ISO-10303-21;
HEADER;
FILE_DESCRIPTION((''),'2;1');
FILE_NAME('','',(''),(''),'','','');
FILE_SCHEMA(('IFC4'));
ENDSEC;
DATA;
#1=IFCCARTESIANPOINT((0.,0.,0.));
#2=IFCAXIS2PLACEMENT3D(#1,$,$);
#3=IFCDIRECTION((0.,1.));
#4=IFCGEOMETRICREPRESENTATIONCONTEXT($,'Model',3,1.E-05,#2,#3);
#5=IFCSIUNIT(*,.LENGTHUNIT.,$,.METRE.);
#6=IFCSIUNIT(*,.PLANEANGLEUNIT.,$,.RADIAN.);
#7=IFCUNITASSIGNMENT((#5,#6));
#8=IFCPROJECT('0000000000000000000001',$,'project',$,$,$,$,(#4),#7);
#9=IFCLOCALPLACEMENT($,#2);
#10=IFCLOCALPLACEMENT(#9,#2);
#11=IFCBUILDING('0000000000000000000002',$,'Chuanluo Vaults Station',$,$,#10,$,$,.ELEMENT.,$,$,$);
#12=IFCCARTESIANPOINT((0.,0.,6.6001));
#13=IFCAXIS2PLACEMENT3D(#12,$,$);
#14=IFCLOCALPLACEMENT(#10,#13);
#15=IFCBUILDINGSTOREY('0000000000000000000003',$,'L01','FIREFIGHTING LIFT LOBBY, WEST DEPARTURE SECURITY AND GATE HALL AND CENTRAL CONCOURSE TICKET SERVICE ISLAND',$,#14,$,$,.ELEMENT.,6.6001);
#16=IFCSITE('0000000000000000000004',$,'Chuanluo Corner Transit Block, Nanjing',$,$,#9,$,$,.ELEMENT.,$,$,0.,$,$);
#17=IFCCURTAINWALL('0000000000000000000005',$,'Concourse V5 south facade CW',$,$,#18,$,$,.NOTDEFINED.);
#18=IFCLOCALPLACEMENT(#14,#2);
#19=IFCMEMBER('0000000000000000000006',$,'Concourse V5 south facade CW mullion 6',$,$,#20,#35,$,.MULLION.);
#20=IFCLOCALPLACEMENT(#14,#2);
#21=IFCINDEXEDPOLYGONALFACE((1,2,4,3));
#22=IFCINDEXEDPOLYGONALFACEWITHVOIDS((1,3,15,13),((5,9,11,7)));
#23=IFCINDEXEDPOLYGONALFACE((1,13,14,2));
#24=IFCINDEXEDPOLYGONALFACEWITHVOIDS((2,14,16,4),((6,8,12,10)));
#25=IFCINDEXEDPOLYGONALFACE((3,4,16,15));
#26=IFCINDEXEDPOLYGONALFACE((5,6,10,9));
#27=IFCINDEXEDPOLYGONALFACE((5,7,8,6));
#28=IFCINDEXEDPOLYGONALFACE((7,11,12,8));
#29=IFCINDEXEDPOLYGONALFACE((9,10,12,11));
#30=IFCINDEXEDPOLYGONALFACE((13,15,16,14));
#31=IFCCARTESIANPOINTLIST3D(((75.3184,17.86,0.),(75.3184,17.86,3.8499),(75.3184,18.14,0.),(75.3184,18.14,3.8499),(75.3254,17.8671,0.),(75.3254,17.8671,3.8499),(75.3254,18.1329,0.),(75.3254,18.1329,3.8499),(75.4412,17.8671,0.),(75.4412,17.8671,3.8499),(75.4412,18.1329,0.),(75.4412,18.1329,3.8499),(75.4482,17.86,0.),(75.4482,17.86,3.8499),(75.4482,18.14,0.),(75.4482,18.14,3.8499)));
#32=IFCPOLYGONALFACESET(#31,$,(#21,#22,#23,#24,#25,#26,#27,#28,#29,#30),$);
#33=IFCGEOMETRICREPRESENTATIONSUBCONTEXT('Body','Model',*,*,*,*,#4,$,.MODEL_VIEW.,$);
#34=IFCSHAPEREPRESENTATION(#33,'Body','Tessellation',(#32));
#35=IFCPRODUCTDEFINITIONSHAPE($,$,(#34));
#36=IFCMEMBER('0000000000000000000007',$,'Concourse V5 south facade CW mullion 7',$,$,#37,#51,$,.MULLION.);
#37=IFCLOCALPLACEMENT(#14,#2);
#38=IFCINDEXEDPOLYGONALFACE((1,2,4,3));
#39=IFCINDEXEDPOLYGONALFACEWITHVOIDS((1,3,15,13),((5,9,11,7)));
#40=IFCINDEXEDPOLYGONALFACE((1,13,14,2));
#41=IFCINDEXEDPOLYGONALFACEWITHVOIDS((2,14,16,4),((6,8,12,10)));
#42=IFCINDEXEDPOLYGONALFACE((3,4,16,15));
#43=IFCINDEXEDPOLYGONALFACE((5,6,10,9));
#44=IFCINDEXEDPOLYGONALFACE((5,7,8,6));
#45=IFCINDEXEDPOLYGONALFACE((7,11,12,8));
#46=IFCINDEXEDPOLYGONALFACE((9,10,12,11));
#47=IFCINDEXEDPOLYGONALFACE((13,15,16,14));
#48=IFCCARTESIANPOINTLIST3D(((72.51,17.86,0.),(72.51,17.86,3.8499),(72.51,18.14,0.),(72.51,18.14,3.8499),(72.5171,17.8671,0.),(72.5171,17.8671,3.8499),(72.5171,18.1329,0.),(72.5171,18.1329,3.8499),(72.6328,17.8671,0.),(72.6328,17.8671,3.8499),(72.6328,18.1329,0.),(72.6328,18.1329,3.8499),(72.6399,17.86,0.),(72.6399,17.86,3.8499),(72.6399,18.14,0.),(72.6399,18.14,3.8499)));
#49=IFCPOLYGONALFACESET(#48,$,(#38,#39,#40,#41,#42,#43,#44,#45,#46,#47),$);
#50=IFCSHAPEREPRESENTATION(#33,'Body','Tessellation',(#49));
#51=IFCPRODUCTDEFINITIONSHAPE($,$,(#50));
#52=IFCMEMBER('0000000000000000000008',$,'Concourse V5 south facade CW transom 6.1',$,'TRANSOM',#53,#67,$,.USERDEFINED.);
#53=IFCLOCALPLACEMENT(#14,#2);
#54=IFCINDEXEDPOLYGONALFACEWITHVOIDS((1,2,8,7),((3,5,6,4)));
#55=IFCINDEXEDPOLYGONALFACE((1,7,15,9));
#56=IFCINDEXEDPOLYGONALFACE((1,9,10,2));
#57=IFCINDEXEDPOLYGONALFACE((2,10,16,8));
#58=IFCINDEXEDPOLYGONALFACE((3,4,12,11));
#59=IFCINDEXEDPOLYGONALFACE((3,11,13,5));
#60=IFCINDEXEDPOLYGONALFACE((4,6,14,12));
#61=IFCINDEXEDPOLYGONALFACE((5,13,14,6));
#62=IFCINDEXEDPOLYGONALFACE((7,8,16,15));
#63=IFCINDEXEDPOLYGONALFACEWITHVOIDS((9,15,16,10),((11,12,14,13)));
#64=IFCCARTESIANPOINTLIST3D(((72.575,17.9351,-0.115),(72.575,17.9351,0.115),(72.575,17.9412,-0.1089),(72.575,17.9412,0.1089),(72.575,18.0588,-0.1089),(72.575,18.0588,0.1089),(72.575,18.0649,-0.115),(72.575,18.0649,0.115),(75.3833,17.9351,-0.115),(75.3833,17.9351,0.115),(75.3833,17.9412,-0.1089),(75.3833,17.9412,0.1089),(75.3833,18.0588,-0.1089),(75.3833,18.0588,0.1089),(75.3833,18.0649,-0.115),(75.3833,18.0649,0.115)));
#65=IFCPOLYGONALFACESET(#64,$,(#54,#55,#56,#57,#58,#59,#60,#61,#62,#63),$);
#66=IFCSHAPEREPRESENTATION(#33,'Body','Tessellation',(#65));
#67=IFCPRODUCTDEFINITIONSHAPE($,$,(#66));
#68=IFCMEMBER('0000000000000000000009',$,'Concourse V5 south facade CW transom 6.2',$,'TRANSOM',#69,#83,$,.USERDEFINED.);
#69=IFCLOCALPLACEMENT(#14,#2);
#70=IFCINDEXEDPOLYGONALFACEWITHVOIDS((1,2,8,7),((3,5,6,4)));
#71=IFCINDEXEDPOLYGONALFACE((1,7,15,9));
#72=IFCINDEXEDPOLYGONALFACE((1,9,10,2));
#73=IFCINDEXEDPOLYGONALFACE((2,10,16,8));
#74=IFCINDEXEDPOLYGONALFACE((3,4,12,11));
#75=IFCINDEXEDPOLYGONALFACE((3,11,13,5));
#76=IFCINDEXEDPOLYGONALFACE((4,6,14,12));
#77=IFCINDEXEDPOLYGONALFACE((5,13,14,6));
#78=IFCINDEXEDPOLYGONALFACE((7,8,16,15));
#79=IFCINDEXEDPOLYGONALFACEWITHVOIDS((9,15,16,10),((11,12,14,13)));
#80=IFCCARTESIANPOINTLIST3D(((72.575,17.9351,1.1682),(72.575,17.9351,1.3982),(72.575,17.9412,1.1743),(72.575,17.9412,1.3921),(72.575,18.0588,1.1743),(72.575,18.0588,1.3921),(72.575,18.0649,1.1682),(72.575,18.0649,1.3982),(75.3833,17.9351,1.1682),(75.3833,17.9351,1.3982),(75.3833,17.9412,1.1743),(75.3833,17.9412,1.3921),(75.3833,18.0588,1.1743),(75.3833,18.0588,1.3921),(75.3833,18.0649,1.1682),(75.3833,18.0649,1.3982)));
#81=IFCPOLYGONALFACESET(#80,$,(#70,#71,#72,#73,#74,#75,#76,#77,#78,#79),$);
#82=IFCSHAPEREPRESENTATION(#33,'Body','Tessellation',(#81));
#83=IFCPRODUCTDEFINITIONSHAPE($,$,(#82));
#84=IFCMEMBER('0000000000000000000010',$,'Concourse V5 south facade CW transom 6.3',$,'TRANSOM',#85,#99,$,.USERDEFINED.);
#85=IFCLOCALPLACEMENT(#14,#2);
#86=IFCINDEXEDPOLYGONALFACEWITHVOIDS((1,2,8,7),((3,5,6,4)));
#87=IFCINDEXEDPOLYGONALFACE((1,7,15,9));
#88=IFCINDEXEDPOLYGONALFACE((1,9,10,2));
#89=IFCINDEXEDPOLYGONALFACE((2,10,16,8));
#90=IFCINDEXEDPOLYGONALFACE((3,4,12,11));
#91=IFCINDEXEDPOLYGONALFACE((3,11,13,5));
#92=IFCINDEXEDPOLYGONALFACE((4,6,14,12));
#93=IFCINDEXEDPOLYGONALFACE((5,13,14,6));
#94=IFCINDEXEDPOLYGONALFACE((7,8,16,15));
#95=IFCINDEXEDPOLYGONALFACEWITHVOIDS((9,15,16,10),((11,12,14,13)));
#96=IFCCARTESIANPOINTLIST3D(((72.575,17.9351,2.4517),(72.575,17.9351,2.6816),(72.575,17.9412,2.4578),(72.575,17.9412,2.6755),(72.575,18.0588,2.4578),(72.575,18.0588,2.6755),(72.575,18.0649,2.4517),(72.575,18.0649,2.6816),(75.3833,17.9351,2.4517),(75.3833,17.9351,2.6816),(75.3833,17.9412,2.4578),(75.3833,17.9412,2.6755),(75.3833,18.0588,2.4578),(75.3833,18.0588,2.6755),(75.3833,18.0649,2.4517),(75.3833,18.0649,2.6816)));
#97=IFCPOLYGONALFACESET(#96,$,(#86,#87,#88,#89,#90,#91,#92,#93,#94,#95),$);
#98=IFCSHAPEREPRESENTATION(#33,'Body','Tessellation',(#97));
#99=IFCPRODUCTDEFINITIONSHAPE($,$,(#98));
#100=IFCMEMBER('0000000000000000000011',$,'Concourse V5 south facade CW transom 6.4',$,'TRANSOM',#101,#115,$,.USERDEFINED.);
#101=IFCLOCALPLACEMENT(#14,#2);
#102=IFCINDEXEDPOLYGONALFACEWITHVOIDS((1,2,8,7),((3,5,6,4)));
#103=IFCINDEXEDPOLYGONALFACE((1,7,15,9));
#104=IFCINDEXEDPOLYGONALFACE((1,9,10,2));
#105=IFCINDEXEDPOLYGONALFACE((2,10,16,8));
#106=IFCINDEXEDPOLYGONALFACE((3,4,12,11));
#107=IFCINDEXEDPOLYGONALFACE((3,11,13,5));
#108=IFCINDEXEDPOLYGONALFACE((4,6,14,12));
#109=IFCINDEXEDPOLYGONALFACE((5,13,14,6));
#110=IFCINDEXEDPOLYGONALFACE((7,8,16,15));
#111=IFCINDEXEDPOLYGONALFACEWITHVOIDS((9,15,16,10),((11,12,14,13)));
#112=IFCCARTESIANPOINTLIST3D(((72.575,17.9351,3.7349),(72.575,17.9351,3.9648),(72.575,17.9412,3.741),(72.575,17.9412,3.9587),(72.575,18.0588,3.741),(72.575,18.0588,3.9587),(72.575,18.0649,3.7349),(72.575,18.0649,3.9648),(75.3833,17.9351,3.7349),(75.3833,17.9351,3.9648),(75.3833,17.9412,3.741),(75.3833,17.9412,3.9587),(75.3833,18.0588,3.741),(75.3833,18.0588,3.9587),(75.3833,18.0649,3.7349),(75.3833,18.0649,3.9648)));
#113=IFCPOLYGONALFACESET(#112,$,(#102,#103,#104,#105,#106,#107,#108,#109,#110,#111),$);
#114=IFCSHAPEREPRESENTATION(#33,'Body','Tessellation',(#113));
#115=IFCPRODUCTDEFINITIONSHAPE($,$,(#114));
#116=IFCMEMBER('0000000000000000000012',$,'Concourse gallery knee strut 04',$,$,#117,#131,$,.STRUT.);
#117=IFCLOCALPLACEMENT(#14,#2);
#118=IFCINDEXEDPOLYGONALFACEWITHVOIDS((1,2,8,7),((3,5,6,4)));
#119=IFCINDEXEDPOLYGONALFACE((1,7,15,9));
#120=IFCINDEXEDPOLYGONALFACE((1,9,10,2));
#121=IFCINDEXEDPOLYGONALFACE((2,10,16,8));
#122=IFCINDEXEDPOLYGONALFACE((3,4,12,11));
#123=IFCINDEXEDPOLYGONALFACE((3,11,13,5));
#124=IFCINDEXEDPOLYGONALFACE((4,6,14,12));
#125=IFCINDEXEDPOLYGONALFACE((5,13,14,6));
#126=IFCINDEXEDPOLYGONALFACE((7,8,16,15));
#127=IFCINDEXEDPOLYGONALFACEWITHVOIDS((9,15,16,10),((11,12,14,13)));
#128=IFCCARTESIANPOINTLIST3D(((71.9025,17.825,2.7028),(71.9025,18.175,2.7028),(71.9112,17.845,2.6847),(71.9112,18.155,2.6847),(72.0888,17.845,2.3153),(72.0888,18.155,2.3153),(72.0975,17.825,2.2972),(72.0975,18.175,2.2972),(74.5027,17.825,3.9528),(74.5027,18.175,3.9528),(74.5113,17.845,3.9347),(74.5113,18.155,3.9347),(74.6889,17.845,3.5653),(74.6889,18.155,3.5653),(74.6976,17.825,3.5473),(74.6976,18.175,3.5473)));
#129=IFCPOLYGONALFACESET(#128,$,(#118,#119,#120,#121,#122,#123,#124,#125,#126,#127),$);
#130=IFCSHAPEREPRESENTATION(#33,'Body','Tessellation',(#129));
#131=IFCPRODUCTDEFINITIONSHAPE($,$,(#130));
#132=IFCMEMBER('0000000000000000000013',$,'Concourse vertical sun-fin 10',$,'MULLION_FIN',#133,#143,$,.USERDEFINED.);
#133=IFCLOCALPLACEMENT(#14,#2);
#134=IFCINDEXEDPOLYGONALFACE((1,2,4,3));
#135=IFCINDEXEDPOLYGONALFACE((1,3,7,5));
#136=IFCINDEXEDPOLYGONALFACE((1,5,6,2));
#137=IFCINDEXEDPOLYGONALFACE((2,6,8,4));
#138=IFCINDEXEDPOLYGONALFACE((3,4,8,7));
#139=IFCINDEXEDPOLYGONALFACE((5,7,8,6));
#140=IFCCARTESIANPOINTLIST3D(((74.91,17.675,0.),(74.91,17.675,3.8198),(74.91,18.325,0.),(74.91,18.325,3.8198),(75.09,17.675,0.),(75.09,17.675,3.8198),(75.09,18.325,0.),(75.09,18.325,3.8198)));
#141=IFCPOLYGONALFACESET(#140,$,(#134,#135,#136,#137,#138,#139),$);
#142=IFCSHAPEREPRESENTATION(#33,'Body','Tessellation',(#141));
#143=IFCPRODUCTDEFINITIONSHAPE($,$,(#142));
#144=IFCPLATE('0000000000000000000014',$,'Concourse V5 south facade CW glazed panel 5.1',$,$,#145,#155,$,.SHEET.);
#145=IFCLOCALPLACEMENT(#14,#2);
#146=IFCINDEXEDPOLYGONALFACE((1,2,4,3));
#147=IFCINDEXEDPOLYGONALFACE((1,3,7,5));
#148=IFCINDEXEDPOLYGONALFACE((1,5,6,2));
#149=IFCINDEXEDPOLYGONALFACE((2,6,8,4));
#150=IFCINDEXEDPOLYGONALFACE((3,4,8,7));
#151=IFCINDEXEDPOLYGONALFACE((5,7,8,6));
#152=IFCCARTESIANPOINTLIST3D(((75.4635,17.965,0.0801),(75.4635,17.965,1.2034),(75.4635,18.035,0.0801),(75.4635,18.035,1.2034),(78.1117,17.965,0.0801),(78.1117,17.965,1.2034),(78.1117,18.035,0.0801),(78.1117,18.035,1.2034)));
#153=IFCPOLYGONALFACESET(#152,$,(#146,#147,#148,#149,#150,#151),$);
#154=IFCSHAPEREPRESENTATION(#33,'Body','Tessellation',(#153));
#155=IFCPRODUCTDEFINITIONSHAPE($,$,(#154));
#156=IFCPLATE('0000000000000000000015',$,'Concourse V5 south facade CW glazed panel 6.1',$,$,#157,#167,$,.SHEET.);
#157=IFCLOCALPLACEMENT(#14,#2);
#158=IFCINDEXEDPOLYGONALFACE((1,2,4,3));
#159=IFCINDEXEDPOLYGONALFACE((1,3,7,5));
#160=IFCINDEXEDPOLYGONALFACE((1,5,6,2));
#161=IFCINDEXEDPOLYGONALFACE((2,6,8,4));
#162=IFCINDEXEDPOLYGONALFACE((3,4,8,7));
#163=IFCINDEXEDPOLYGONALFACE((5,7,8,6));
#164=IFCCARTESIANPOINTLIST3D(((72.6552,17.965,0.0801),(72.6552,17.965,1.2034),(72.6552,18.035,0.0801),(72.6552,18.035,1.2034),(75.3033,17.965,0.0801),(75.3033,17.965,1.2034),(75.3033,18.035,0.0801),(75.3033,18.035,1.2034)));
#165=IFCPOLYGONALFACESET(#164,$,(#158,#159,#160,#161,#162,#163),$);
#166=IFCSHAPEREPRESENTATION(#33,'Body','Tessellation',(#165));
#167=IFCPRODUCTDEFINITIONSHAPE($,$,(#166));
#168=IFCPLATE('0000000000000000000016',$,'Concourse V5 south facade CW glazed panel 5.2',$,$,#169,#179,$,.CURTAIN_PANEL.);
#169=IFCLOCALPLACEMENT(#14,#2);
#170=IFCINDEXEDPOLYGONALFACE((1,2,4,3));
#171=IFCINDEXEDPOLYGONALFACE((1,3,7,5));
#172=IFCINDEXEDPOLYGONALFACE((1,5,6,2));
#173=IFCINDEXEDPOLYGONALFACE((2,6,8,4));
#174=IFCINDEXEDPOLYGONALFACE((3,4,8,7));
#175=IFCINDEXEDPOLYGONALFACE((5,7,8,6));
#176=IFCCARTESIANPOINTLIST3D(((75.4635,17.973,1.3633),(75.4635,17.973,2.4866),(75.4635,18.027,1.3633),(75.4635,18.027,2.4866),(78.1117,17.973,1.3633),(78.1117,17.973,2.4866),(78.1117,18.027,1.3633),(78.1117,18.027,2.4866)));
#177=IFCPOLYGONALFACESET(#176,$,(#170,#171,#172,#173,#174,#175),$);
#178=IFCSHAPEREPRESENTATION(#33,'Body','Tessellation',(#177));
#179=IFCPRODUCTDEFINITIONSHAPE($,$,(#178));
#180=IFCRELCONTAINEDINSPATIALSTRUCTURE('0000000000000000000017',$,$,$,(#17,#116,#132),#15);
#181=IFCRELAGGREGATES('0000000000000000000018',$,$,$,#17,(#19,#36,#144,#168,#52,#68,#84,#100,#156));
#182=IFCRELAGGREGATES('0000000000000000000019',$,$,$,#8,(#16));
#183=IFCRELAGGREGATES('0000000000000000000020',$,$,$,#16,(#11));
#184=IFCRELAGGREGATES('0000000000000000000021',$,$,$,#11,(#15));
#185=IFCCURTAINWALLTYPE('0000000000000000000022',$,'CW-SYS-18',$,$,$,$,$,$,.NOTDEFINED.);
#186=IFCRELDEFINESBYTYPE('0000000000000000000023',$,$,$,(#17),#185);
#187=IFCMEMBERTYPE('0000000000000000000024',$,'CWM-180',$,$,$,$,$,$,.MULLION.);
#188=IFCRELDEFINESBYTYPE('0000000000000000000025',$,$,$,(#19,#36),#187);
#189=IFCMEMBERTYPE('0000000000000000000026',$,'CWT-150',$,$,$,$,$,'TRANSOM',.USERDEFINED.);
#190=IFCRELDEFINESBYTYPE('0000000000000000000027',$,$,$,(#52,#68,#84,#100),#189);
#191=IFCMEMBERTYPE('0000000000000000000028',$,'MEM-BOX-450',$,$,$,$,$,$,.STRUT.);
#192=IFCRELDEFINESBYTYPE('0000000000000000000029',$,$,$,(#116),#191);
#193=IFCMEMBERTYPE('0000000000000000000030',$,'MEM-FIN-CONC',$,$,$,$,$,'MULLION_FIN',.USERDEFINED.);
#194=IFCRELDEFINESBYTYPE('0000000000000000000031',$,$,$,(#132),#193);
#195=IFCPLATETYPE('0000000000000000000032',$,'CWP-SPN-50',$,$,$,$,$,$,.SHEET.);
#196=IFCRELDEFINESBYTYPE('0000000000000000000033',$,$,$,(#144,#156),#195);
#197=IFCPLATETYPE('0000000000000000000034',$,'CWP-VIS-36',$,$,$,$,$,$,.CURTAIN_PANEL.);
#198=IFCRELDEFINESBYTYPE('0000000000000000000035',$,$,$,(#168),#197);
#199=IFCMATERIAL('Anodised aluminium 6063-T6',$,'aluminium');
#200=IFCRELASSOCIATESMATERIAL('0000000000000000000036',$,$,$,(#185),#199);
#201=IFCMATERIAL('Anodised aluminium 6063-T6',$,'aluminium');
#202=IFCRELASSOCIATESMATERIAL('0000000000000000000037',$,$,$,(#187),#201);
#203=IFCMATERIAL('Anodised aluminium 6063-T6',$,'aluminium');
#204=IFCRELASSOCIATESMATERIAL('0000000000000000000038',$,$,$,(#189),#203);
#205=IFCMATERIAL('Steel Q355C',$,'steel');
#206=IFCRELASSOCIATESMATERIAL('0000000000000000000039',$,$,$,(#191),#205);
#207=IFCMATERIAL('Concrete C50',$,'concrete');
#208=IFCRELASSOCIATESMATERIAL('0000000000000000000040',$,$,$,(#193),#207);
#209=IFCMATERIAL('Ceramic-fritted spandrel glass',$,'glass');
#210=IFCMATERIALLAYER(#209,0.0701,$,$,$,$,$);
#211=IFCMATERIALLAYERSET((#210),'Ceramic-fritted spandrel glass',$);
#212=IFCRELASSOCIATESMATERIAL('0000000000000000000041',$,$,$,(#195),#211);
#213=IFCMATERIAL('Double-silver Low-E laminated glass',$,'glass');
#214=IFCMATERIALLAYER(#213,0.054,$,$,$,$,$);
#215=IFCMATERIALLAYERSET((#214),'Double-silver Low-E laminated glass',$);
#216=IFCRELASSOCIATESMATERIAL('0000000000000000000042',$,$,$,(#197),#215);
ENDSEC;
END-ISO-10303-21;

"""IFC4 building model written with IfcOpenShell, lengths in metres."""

from ifc_helpers import new_model, si_unit, direction, frame, origin, origin_2d, place, context, subcontext, project, spatial, rectangle, hollow_rectangle, extrude, material, layer, layer_set, material_profile, profile_set, type_object, element, aggregate, save


model = new_model("IFC4")

# Units and contexts
model_context = context("Model", 3, precision=1e-05, world=origin(), true_north=direction((0.0, 1.0)))
body_context = subcontext(model_context, "Body", "Model", "MODEL_VIEW")
ifc_project = project(units=[si_unit("LENGTHUNIT", "METRE"), si_unit("PLANEANGLEUNIT", "RADIAN")], contexts=[model_context])

# Site, building, storey
site_placement = place(None, origin())
site = spatial("IfcSite", under=ifc_project, at=site_placement, Name="Chuanluo Corner Transit Block, Nanjing", CompositionType="ELEMENT", RefElevation=0.0)
building_placement = place(site_placement, origin())
building = spatial("IfcBuilding", under=site, at=building_placement, Name="Chuanluo Vaults Station", CompositionType="ELEMENT")
storey_placement = place(building_placement, frame((0.0, 0.0, 6.6001)))
storey = spatial("IfcBuildingStorey", under=building, at=storey_placement, Name="L01", Description="FIREFIGHTING LIFT LOBBY, WEST DEPARTURE SECURITY AND GATE HALL AND CENTRAL CONCOURSE TICKET SERVICE ISLAND", CompositionType="ELEMENT", Elevation=6.6001)

# Curtain wall, members
ifc_material_1 = material(Name="Anodised aluminium 6063-T6", Category="aluminium")
curtain_wall_type = type_object("IfcCurtainWallType", Name="CW-SYS-18", PredefinedType="NOTDEFINED", material=ifc_material_1)
curtain_wall_placement = place(storey_placement, origin())
curtain_wall = element("IfcCurtainWall", 1, at=curtain_wall_placement, inside=storey, type_object=curtain_wall_type, Name="Concourse V5 south facade CW", PredefinedType="NOTDEFINED")
ifc_material_2 = material(Name="Anodised aluminium 6063-T6", Category="aluminium")
ifc_material_profile_1 = material_profile(ifc_material_2, hollow_rectangle(XDim=0.1299, YDim=0.28, WallThickness=0.0071, at=origin_2d()))
ifc_profile_set_1 = profile_set([ifc_material_profile_1], Name="Anodised aluminium 6063-T6")
member_type_1 = type_object("IfcMemberType", Name="CWM-180", PredefinedType="MULLION", material=ifc_profile_set_1)
member_1_placement = place(storey_placement, frame((75.3833, 18.0, 0.0), z_axis=(0.0, 0.0, 1.0), x_axis=(-1.0, 0.0, 0.0)))
member_1 = element("IfcMember", 2, at=member_1_placement, type_object=member_type_1, Name="Concourse V5 south facade CW mullion 6", PredefinedType="MULLION", context=body_context, shape_type="SweptSolid", body=[
    extrude(hollow_rectangle(XDim=0.1299, YDim=0.28, WallThickness=0.0071, at=origin_2d()), origin(), (0.0, 0.0, 1.0), 3.8499),
])
member_2_placement = place(storey_placement, frame((72.575, 18.0, 0.0), z_axis=(0.0, 0.0, 1.0), x_axis=(-1.0, 0.0, 0.0)))
member_2 = element("IfcMember", 3, at=member_2_placement, type_object=member_type_1, Name="Concourse V5 south facade CW mullion 7", PredefinedType="MULLION", context=body_context, shape_type="SweptSolid", body=[
    extrude(hollow_rectangle(XDim=0.1299, YDim=0.28, WallThickness=0.0071, at=origin_2d()), origin(), (0.0, 0.0, 1.0), 3.8499),
])
ifc_material_3 = material(Name="Anodised aluminium 6063-T6", Category="aluminium")
ifc_material_profile_2 = material_profile(ifc_material_3, hollow_rectangle(XDim=0.1299, YDim=0.23, WallThickness=0.0061, at=origin_2d()))
ifc_profile_set_2 = profile_set([ifc_material_profile_2], Name="Anodised aluminium 6063-T6")
member_type_2 = type_object("IfcMemberType", Name="CWT-150", ElementType="TRANSOM", PredefinedType="USERDEFINED", material=ifc_profile_set_2)
member_3_placement = place(storey_placement, frame((75.3833, 18.0, 0.0), z_axis=(-1.0, 0.0, 0.0), x_axis=(0.0, -1.0, 0.0)))
member_3 = element("IfcMember", 4, at=member_3_placement, type_object=member_type_2, Name="Concourse V5 south facade CW transom 6.1", ObjectType="TRANSOM", PredefinedType="USERDEFINED", context=body_context, shape_type="SweptSolid", body=[
    extrude(hollow_rectangle(XDim=0.1299, YDim=0.23, WallThickness=0.0061, at=origin_2d()), origin(), (0.0, 0.0, 1.0), 2.8083),
])
member_4_placement = place(storey_placement, frame((75.3833, 18.0, 1.2832), z_axis=(-1.0, 0.0, 0.0), x_axis=(0.0, -1.0, 0.0)))
member_4 = element("IfcMember", 5, at=member_4_placement, type_object=member_type_2, Name="Concourse V5 south facade CW transom 6.2", ObjectType="TRANSOM", PredefinedType="USERDEFINED", context=body_context, shape_type="SweptSolid", body=[
    extrude(hollow_rectangle(XDim=0.1299, YDim=0.23, WallThickness=0.0061, at=origin_2d()), origin(), (0.0, 0.0, 1.0), 2.8083),
])
member_5_placement = place(storey_placement, frame((75.3833, 18.0, 2.5667), z_axis=(-1.0, 0.0, 0.0), x_axis=(0.0, -1.0, 0.0)))
member_5 = element("IfcMember", 6, at=member_5_placement, type_object=member_type_2, Name="Concourse V5 south facade CW transom 6.3", ObjectType="TRANSOM", PredefinedType="USERDEFINED", context=body_context, shape_type="SweptSolid", body=[
    extrude(hollow_rectangle(XDim=0.1299, YDim=0.23, WallThickness=0.0061, at=origin_2d()), origin(), (0.0, 0.0, 1.0), 2.8083),
])
member_6_placement = place(storey_placement, frame((75.3833, 18.0, 3.8499), z_axis=(-1.0, 0.0, 0.0), x_axis=(0.0, -1.0, 0.0)))
member_6 = element("IfcMember", 7, at=member_6_placement, type_object=member_type_2, Name="Concourse V5 south facade CW transom 6.4", ObjectType="TRANSOM", PredefinedType="USERDEFINED", context=body_context, shape_type="SweptSolid", body=[
    extrude(hollow_rectangle(XDim=0.1299, YDim=0.23, WallThickness=0.0061, at=origin_2d()), origin(), (0.0, 0.0, 1.0), 2.8083),
])

# Members
ifc_material_4 = material(Name="Steel Q355C", Category="steel")
ifc_material_profile_3 = material_profile(ifc_material_4, hollow_rectangle(XDim=0.3501, YDim=0.45, WallThickness=0.02, at=origin_2d()))
ifc_profile_set_3 = profile_set([ifc_material_profile_3], Name="Steel Q355C")
member_type_3 = type_object("IfcMemberType", Name="MEM-BOX-450", PredefinedType="STRUT", material=ifc_profile_set_3)
member_7_placement = place(storey_placement, frame((72.0, 18.0, 2.5), z_axis=(0.901259, 0.0, 0.433281), x_axis=(0.0, 1.0, 0.0)))
element("IfcMember", 8, at=member_7_placement, inside=storey, type_object=member_type_3, Name="Concourse gallery knee strut 04", PredefinedType="STRUT", context=body_context, shape_type="SweptSolid", body=[
    extrude(hollow_rectangle(XDim=0.3501, YDim=0.45, WallThickness=0.02, at=origin_2d()), origin(), (0.0, 0.0, 1.0), 2.885),
])
ifc_material_5 = material(Name="Concrete C50", Category="concrete")
ifc_material_profile_4 = material_profile(ifc_material_5, rectangle(XDim=0.1799, YDim=0.6499, at=origin_2d()))
ifc_profile_set_4 = profile_set([ifc_material_profile_4], Name="Concrete C50")
member_type_4 = type_object("IfcMemberType", Name="MEM-FIN-CONC", ElementType="MULLION_FIN", PredefinedType="USERDEFINED", material=ifc_profile_set_4)
member_8_placement = place(storey_placement, frame((75.0, 18.0, 0.0), z_axis=(0.0, 0.0, 1.0), x_axis=(1.0, 0.0, 0.0)))
element("IfcMember", 9, at=member_8_placement, inside=storey, type_object=member_type_4, Name="Concourse vertical sun-fin 10", ObjectType="MULLION_FIN", PredefinedType="USERDEFINED", context=body_context, shape_type="SweptSolid", body=[
    extrude(rectangle(XDim=0.1799, YDim=0.6499, at=origin_2d()), origin(), (0.0, 0.0, 1.0), 3.8198),
])

# Plates
ifc_material_6 = material(Name="Ceramic-fritted spandrel glass", Category="glass")
ifc_layer_1 = layer(ifc_material_6, 0.0701)
ifc_layer_set_1 = layer_set([ifc_layer_1], Name="Ceramic-fritted spandrel glass")
plate_type_1 = type_object("IfcPlateType", Name="CWP-SPN-50", PredefinedType="SHEET", material=ifc_layer_set_1)
plate_1_placement = place(storey_placement, frame((76.7876, 18.0, 0.0801), z_axis=(0.0, 0.0, 1.0), x_axis=(-1.0, 0.0, 0.0)))
plate_1 = element("IfcPlate", 10, at=plate_1_placement, type_object=plate_type_1, Name="Concourse V5 south facade CW glazed panel 5.1", PredefinedType="SHEET", context=body_context, shape_type="SweptSolid", body=[
    extrude(rectangle(XDim=2.6482, YDim=0.0701, at=origin_2d()), origin(), (0.0, 0.0, 1.0), 1.1233),
])
plate_2_placement = place(storey_placement, frame((73.9792, 18.0, 0.0801), z_axis=(0.0, 0.0, 1.0), x_axis=(-1.0, 0.0, 0.0)))
plate_2 = element("IfcPlate", 11, at=plate_2_placement, type_object=plate_type_1, Name="Concourse V5 south facade CW glazed panel 6.1", PredefinedType="SHEET", context=body_context, shape_type="SweptSolid", body=[
    extrude(rectangle(XDim=2.6482, YDim=0.0701, at=origin_2d()), origin(), (0.0, 0.0, 1.0), 1.1233),
])
ifc_material_7 = material(Name="Double-silver Low-E laminated glass", Category="glass")
ifc_layer_2 = layer(ifc_material_7, 0.054)
ifc_layer_set_2 = layer_set([ifc_layer_2], Name="Double-silver Low-E laminated glass")
plate_type_2 = type_object("IfcPlateType", Name="CWP-VIS-36", PredefinedType="CURTAIN_PANEL", material=ifc_layer_set_2)
plate_3_placement = place(storey_placement, frame((76.7876, 18.0, 1.3633), z_axis=(0.0, 0.0, 1.0), x_axis=(-1.0, 0.0, 0.0)))
plate_3 = element("IfcPlate", 12, at=plate_3_placement, type_object=plate_type_2, Name="Concourse V5 south facade CW glazed panel 5.2", PredefinedType="CURTAIN_PANEL", context=body_context, shape_type="SweptSolid", body=[
    extrude(rectangle(XDim=2.6482, YDim=0.054, at=origin_2d()), origin(), (0.0, 0.0, 1.0), 1.1233),
])
aggregate(curtain_wall, [member_1, member_2, plate_1, plate_3, member_3, member_4, member_5, member_6, plate_2])

save(model, "model.ifc")
